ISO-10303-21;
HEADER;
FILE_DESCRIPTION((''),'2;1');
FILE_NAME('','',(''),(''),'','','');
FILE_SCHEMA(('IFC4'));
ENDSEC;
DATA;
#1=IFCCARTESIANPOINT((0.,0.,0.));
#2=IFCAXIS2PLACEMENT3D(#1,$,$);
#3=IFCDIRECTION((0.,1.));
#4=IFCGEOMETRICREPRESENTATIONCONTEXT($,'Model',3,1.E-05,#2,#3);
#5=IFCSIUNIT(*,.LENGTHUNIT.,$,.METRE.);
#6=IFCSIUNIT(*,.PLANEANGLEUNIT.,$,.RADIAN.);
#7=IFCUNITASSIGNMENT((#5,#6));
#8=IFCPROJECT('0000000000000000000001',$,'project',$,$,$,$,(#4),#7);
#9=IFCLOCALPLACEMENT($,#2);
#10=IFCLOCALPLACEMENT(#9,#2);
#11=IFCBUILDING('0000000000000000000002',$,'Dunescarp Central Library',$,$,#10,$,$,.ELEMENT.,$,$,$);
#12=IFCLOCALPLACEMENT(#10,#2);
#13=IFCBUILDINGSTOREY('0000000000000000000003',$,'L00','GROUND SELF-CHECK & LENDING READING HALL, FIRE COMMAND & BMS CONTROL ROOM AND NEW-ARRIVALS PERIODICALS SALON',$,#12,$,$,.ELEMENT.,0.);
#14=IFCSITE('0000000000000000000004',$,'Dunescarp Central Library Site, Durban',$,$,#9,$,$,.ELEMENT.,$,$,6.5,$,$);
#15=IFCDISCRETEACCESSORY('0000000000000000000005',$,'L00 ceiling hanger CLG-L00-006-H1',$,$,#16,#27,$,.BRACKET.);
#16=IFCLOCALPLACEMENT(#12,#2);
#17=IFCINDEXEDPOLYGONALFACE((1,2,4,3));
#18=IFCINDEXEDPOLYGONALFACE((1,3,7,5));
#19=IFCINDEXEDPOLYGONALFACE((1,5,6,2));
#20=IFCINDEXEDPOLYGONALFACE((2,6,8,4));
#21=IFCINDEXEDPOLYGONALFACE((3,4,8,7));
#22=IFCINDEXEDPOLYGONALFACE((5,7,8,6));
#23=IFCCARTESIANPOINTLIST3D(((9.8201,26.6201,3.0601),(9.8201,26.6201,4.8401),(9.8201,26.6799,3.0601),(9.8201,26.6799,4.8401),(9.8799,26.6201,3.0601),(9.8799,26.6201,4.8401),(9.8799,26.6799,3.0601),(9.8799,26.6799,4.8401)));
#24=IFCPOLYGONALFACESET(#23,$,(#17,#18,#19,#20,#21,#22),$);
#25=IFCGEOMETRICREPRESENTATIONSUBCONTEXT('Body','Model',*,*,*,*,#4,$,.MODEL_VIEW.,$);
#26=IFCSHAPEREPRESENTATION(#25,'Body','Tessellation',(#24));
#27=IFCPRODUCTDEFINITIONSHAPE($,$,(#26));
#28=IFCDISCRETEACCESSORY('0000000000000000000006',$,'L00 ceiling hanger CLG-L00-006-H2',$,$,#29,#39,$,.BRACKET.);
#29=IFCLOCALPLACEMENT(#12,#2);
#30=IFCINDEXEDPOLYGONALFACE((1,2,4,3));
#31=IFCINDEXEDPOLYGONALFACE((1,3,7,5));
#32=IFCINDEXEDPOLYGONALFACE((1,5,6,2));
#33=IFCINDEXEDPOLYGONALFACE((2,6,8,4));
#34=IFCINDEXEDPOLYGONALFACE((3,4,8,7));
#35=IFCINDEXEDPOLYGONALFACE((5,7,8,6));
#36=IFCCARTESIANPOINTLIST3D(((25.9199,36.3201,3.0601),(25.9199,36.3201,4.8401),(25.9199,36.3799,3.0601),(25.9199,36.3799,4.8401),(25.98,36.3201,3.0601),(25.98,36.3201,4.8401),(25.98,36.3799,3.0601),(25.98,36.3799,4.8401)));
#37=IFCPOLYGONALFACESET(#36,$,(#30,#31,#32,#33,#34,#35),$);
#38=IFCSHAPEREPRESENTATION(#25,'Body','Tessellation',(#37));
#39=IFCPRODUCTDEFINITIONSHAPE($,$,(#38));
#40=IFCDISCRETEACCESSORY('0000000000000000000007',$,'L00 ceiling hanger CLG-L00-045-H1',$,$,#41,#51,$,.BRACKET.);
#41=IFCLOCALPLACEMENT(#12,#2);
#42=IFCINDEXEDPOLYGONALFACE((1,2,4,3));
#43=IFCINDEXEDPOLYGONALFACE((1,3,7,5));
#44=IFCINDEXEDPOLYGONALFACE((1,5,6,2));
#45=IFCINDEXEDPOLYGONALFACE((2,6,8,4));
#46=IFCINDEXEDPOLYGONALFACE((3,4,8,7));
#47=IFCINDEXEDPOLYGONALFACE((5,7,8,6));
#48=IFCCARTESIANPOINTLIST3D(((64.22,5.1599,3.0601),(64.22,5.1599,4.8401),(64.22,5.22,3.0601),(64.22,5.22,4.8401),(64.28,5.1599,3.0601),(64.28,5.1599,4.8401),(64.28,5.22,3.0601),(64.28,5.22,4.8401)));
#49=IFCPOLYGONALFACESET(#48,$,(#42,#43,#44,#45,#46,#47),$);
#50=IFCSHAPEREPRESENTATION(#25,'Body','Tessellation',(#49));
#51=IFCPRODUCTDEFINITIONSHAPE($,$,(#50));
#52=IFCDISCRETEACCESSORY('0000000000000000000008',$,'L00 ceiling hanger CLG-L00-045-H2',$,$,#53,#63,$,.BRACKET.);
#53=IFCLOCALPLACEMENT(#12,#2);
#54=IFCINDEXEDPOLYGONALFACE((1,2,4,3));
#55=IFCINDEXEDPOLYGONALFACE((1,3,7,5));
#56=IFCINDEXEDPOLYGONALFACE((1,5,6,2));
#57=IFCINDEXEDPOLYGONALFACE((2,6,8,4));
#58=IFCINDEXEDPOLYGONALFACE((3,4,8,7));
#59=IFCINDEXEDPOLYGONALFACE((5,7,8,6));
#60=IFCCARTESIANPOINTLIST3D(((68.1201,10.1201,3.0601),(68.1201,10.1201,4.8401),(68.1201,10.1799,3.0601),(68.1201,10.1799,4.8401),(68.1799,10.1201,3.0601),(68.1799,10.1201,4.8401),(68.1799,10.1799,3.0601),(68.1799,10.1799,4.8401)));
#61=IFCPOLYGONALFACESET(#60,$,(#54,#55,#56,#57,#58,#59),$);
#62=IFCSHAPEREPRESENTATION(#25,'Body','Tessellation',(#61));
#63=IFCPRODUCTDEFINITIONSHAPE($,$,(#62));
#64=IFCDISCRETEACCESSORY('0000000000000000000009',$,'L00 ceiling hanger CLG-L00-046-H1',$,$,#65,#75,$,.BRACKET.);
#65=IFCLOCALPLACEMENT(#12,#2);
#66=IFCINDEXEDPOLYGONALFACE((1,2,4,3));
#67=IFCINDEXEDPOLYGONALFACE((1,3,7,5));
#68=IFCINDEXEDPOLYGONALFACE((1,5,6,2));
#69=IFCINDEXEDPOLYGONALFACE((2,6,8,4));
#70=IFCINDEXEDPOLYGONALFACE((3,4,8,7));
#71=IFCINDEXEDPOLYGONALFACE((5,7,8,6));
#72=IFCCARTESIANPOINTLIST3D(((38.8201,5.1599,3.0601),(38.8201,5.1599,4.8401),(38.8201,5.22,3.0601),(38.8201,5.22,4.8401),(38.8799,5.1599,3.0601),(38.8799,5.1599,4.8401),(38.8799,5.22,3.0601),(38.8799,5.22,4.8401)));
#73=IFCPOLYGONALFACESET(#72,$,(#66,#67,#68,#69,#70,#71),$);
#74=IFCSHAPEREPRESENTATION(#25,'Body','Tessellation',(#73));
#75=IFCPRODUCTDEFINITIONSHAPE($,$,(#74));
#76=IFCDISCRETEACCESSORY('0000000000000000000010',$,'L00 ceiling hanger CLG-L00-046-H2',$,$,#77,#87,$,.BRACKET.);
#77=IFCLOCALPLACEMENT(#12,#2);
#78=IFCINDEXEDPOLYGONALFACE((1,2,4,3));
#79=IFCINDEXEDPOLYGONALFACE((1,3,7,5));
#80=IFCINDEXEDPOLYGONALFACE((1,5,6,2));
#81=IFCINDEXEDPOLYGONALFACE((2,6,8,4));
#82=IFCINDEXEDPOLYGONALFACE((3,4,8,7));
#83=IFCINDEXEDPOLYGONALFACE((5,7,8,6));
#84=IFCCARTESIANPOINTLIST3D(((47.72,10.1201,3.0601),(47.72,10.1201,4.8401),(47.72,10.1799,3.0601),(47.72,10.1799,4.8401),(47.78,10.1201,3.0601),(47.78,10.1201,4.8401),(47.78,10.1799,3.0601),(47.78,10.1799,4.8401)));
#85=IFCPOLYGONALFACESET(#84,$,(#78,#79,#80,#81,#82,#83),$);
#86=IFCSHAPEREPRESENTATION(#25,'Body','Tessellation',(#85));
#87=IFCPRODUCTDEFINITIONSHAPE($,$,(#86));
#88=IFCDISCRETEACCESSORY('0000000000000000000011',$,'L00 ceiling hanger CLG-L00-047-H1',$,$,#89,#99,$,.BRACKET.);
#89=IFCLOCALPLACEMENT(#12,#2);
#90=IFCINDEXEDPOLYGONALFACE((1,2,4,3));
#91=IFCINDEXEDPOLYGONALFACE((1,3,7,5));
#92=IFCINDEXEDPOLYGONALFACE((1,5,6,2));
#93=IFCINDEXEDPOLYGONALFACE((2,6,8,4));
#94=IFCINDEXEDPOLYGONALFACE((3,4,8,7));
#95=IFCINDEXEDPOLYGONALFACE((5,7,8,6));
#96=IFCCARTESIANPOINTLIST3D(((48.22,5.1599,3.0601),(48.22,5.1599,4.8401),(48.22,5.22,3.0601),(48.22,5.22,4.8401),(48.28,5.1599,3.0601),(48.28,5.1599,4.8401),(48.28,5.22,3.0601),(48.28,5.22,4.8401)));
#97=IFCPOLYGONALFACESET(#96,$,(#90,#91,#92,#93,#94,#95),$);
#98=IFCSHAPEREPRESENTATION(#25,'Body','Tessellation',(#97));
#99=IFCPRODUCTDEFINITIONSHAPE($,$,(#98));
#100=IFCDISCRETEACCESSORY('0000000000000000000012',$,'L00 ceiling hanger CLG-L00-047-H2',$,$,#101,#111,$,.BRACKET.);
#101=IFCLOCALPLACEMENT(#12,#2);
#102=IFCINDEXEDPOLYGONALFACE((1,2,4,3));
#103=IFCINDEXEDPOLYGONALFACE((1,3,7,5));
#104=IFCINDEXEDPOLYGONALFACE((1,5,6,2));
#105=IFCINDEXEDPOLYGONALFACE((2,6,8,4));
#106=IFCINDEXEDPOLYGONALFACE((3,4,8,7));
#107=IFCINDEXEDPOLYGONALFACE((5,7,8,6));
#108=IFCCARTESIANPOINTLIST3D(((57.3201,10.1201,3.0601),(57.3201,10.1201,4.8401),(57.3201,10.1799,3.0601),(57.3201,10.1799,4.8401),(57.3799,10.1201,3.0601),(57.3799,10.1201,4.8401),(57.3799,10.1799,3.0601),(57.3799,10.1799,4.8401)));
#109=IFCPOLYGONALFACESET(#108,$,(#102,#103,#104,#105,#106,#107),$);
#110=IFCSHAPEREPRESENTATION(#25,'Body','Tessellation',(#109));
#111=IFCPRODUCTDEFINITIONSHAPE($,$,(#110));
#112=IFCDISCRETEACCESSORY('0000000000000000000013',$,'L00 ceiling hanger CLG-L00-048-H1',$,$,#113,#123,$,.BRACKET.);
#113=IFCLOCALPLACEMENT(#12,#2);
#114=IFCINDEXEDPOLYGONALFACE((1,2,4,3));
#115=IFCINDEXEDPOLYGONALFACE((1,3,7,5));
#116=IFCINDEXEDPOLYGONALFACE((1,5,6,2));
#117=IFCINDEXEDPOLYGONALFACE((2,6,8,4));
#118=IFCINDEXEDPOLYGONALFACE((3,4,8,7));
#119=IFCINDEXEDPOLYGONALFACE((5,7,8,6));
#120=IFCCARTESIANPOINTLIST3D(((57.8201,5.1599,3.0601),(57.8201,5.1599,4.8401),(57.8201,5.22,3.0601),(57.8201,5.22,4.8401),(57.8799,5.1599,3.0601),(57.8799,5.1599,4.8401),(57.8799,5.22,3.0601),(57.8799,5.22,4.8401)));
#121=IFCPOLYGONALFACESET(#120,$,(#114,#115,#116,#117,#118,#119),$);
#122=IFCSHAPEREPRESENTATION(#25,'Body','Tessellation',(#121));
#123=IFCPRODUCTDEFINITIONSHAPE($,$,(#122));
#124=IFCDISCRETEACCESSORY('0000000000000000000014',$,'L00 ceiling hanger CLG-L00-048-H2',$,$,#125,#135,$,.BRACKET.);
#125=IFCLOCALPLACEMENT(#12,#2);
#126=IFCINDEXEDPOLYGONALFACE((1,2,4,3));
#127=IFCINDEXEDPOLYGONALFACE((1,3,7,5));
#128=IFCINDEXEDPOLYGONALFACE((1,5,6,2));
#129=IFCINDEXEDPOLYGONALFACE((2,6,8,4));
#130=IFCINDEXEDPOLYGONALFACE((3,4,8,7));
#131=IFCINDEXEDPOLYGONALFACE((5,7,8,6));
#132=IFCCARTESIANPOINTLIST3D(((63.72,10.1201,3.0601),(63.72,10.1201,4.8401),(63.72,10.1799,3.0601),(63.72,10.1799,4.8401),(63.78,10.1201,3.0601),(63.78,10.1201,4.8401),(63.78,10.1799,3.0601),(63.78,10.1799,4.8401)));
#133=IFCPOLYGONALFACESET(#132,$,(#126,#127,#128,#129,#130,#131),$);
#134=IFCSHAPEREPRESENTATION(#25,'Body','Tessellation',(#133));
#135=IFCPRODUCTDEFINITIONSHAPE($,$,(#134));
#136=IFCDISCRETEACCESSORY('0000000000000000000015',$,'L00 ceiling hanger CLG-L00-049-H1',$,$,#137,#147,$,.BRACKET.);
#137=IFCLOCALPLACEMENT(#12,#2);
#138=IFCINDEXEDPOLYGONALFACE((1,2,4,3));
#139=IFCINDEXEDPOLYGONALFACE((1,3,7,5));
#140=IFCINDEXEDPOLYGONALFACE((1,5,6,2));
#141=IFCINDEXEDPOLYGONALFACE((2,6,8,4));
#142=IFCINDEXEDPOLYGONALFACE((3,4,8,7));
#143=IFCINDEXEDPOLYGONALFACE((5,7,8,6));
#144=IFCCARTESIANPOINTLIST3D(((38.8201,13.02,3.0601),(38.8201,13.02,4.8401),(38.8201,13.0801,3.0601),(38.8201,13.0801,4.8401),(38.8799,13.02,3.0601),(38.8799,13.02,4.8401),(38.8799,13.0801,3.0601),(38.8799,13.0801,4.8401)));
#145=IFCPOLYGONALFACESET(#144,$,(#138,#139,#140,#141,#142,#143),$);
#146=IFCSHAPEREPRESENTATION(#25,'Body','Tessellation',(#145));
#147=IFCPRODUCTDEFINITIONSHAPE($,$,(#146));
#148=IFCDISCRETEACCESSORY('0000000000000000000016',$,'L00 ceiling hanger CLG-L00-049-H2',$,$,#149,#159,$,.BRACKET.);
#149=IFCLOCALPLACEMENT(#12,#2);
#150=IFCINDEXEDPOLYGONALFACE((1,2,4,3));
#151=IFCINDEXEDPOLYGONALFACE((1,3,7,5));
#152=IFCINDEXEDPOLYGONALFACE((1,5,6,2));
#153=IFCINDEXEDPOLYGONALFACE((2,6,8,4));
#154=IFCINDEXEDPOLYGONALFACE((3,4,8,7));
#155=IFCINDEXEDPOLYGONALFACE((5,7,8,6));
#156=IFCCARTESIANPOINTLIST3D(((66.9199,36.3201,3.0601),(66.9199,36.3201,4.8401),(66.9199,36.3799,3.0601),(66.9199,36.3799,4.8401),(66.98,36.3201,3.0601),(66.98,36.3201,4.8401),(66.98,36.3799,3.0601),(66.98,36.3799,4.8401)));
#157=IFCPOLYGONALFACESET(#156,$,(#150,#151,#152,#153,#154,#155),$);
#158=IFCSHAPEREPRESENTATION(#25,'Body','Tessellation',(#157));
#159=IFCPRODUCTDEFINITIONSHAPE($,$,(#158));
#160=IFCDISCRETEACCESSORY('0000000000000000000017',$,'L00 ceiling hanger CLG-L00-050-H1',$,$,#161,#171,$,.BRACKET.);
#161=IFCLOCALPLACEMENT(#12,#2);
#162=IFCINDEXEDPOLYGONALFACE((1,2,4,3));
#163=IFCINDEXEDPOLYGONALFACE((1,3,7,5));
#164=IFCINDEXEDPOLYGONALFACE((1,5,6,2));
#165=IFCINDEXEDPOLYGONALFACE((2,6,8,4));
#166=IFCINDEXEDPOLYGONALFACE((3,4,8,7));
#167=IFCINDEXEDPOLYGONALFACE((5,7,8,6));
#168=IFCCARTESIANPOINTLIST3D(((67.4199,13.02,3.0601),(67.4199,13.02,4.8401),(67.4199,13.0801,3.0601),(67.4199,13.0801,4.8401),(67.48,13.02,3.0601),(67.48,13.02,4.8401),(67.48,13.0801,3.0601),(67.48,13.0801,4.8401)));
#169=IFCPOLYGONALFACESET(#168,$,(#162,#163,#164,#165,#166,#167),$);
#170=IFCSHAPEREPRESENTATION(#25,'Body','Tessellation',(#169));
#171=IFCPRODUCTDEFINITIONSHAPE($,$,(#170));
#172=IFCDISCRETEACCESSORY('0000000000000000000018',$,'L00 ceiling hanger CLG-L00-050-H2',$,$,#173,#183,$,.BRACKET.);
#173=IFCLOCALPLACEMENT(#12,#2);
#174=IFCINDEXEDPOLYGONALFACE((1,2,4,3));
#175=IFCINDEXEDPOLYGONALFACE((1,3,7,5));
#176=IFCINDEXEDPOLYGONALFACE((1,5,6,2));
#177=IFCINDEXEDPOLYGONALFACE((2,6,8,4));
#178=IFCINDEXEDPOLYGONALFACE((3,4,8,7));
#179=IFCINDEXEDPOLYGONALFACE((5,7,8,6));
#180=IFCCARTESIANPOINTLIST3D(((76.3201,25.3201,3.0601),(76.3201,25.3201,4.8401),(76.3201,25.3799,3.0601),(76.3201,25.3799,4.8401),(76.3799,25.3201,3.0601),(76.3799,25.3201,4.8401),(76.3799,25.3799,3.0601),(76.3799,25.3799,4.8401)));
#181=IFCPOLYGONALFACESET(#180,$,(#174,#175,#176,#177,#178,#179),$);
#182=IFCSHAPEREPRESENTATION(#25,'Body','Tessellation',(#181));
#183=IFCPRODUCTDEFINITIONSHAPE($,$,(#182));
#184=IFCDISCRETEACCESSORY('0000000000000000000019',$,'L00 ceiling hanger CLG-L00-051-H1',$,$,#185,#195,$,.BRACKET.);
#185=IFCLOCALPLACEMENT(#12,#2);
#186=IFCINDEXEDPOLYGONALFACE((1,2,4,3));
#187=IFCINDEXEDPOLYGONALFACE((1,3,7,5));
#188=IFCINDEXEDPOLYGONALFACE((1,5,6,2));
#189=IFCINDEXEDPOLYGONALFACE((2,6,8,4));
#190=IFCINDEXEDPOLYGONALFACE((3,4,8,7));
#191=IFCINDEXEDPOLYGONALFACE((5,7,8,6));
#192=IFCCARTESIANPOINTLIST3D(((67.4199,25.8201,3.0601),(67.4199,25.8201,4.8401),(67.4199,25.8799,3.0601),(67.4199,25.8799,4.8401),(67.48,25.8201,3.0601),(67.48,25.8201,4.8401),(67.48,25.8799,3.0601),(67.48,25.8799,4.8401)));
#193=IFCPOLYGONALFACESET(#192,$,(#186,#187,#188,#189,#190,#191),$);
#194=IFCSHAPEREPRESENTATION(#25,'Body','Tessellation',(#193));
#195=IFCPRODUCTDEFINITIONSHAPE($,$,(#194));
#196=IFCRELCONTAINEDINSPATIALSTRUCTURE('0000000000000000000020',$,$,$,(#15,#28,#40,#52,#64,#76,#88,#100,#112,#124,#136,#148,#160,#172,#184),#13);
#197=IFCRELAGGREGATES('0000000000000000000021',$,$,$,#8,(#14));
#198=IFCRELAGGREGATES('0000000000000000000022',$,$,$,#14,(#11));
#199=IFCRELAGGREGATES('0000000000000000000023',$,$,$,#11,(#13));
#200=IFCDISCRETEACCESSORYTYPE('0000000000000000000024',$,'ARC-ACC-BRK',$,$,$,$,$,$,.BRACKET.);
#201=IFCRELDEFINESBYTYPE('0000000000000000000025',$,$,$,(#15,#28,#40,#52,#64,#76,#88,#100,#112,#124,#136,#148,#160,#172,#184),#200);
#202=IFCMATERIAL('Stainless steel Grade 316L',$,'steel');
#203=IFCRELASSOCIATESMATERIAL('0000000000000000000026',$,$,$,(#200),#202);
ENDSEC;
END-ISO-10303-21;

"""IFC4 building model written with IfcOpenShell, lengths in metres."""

from ifc_helpers import new_model, si_unit, direction, frame, origin, place, context, subcontext, project, spatial, polyline, outline, extrude, material, type_object, element, save


model = new_model("IFC4")

# Units and contexts
model_context = context("Model", 3, precision=1e-05, world=origin(), true_north=direction((0.0, 1.0)))
body_context = subcontext(model_context, "Body", "Model", "MODEL_VIEW")
ifc_project = project(units=[si_unit("LENGTHUNIT", "METRE"), si_unit("PLANEANGLEUNIT", "RADIAN")], contexts=[model_context])

# Site, building, storey
site_placement = place(None, origin())
site = spatial("IfcSite", under=ifc_project, at=site_placement, Name="Dunescarp Central Library Site, Durban", CompositionType="ELEMENT", RefElevation=6.5)
building_placement = place(site_placement, origin())
building = spatial("IfcBuilding", under=site, at=building_placement, Name="Dunescarp Central Library", CompositionType="ELEMENT")
storey_placement = place(building_placement, origin())
storey = spatial("IfcBuildingStorey", under=building, at=storey_placement, Name="L00", Description="GROUND SELF-CHECK & LENDING READING HALL, FIRE COMMAND & BMS CONTROL ROOM AND NEW-ARRIVALS PERIODICALS SALON", CompositionType="ELEMENT", Elevation=0.0)

# Discrete accessories
ifc_material_1 = material(Name="Stainless steel Grade 316L", Category="steel")
discrete_accessory_type = type_object("IfcDiscreteAccessoryType", Name="ARC-ACC-BRK", PredefinedType="BRACKET", material=ifc_material_1)
discrete_accessory_1_placement = place(storey_placement, frame((0.0, 0.0, 3.0601)))
element("IfcDiscreteAccessory", 1, at=discrete_accessory_1_placement, inside=storey, type_object=discrete_accessory_type, Name="L00 ceiling hanger CLG-L00-006-H1", PredefinedType="BRACKET", context=body_context, shape_type="SweptSolid", body=[
    extrude(outline(polyline([(9.8201, 26.6201), (9.8799, 26.6201), (9.8799, 26.6799), (9.8201, 26.6799), (9.8201, 26.6201)])), origin(), (0.0, 0.0, 1.0), 1.78),
])
discrete_accessory_2_placement = place(storey_placement, frame((0.0, 0.0, 3.0601)))
element("IfcDiscreteAccessory", 2, at=discrete_accessory_2_placement, inside=storey, type_object=discrete_accessory_type, Name="L00 ceiling hanger CLG-L00-006-H2", PredefinedType="BRACKET", context=body_context, shape_type="SweptSolid", body=[
    extrude(outline(polyline([(25.9199, 36.3201), (25.98, 36.3201), (25.98, 36.3799), (25.9199, 36.3799), (25.9199, 36.3201)])), origin(), (0.0, 0.0, 1.0), 1.78),
])
discrete_accessory_3_placement = place(storey_placement, frame((0.0, 0.0, 3.0601)))
element("IfcDiscreteAccessory", 3, at=discrete_accessory_3_placement, inside=storey, type_object=discrete_accessory_type, Name="L00 ceiling hanger CLG-L00-045-H1", PredefinedType="BRACKET", context=body_context, shape_type="SweptSolid", body=[
    extrude(outline(polyline([(64.22, 5.1599), (64.28, 5.1599), (64.28, 5.22), (64.22, 5.22), (64.22, 5.1599)])), origin(), (0.0, 0.0, 1.0), 1.78),
])
discrete_accessory_4_placement = place(storey_placement, frame((0.0, 0.0, 3.0601)))
element("IfcDiscreteAccessory", 4, at=discrete_accessory_4_placement, inside=storey, type_object=discrete_accessory_type, Name="L00 ceiling hanger CLG-L00-045-H2", PredefinedType="BRACKET", context=body_context, shape_type="SweptSolid", body=[
    extrude(outline(polyline([(68.1201, 10.1201), (68.1799, 10.1201), (68.1799, 10.1799), (68.1201, 10.1799), (68.1201, 10.1201)])), origin(), (0.0, 0.0, 1.0), 1.78),
])
discrete_accessory_5_placement = place(storey_placement, frame((0.0, 0.0, 3.0601)))
element("IfcDiscreteAccessory", 5, at=discrete_accessory_5_placement, inside=storey, type_object=discrete_accessory_type, Name="L00 ceiling hanger CLG-L00-046-H1", PredefinedType="BRACKET", context=body_context, shape_type="SweptSolid", body=[
    extrude(outline(polyline([(38.8201, 5.1599), (38.8799, 5.1599), (38.8799, 5.22), (38.8201, 5.22), (38.8201, 5.1599)])), origin(), (0.0, 0.0, 1.0), 1.78),
])
discrete_accessory_6_placement = place(storey_placement, frame((0.0, 0.0, 3.0601)))
element("IfcDiscreteAccessory", 6, at=discrete_accessory_6_placement, inside=storey, type_object=discrete_accessory_type, Name="L00 ceiling hanger CLG-L00-046-H2", PredefinedType="BRACKET", context=body_context, shape_type="SweptSolid", body=[
    extrude(outline(polyline([(47.72, 10.1201), (47.78, 10.1201), (47.78, 10.1799), (47.72, 10.1799), (47.72, 10.1201)])), origin(), (0.0, 0.0, 1.0), 1.78),
])
discrete_accessory_7_placement = place(storey_placement, frame((0.0, 0.0, 3.0601)))
element("IfcDiscreteAccessory", 7, at=discrete_accessory_7_placement, inside=storey, type_object=discrete_accessory_type, Name="L00 ceiling hanger CLG-L00-047-H1", PredefinedType="BRACKET", context=body_context, shape_type="SweptSolid", body=[
    extrude(outline(polyline([(48.22, 5.1599), (48.28, 5.1599), (48.28, 5.22), (48.22, 5.22), (48.22, 5.1599)])), origin(), (0.0, 0.0, 1.0), 1.78),
])
discrete_accessory_8_placement = place(storey_placement, frame((0.0, 0.0, 3.0601)))
element("IfcDiscreteAccessory", 8, at=discrete_accessory_8_placement, inside=storey, type_object=discrete_accessory_type, Name="L00 ceiling hanger CLG-L00-047-H2", PredefinedType="BRACKET", context=body_context, shape_type="SweptSolid", body=[
    extrude(outline(polyline([(57.3201, 10.1201), (57.3799, 10.1201), (57.3799, 10.1799), (57.3201, 10.1799), (57.3201, 10.1201)])), origin(), (0.0, 0.0, 1.0), 1.78),
])
discrete_accessory_9_placement = place(storey_placement, frame((0.0, 0.0, 3.0601)))
element("IfcDiscreteAccessory", 9, at=discrete_accessory_9_placement, inside=storey, type_object=discrete_accessory_type, Name="L00 ceiling hanger CLG-L00-048-H1", PredefinedType="BRACKET", context=body_context, shape_type="SweptSolid", body=[
    extrude(outline(polyline([(57.8201, 5.1599), (57.8799, 5.1599), (57.8799, 5.22), (57.8201, 5.22), (57.8201, 5.1599)])), origin(), (0.0, 0.0, 1.0), 1.78),
])
discrete_accessory_10_placement = place(storey_placement, frame((0.0, 0.0, 3.0601)))
element("IfcDiscreteAccessory", 10, at=discrete_accessory_10_placement, inside=storey, type_object=discrete_accessory_type, Name="L00 ceiling hanger CLG-L00-048-H2", PredefinedType="BRACKET", context=body_context, shape_type="SweptSolid", body=[
    extrude(outline(polyline([(63.72, 10.1201), (63.78, 10.1201), (63.78, 10.1799), (63.72, 10.1799), (63.72, 10.1201)])), origin(), (0.0, 0.0, 1.0), 1.78),
])
discrete_accessory_11_placement = place(storey_placement, frame((0.0, 0.0, 3.0601)))
element("IfcDiscreteAccessory", 11, at=discrete_accessory_11_placement, inside=storey, type_object=discrete_accessory_type, Name="L00 ceiling hanger CLG-L00-049-H1", PredefinedType="BRACKET", context=body_context, shape_type="SweptSolid", body=[
    extrude(outline(polyline([(38.8201, 13.02), (38.8799, 13.02), (38.8799, 13.0801), (38.8201, 13.0801), (38.8201, 13.02)])), origin(), (0.0, 0.0, 1.0), 1.78),
])
discrete_accessory_12_placement = place(storey_placement, frame((0.0, 0.0, 3.0601)))
element("IfcDiscreteAccessory", 12, at=discrete_accessory_12_placement, inside=storey, type_object=discrete_accessory_type, Name="L00 ceiling hanger CLG-L00-049-H2", PredefinedType="BRACKET", context=body_context, shape_type="SweptSolid", body=[
    extrude(outline(polyline([(66.9199, 36.3201), (66.98, 36.3201), (66.98, 36.3799), (66.9199, 36.3799), (66.9199, 36.3201)])), origin(), (0.0, 0.0, 1.0), 1.78),
])
discrete_accessory_13_placement = place(storey_placement, frame((0.0, 0.0, 3.0601)))
element("IfcDiscreteAccessory", 13, at=discrete_accessory_13_placement, inside=storey, type_object=discrete_accessory_type, Name="L00 ceiling hanger CLG-L00-050-H1", PredefinedType="BRACKET", context=body_context, shape_type="SweptSolid", body=[
    extrude(outline(polyline([(67.4199, 13.02), (67.48, 13.02), (67.48, 13.0801), (67.4199, 13.0801), (67.4199, 13.02)])), origin(), (0.0, 0.0, 1.0), 1.78),
])
discrete_accessory_14_placement = place(storey_placement, frame((0.0, 0.0, 3.0601)))
element("IfcDiscreteAccessory", 14, at=discrete_accessory_14_placement, inside=storey, type_object=discrete_accessory_type, Name="L00 ceiling hanger CLG-L00-050-H2", PredefinedType="BRACKET", context=body_context, shape_type="SweptSolid", body=[
    extrude(outline(polyline([(76.3201, 25.3201), (76.3799, 25.3201), (76.3799, 25.3799), (76.3201, 25.3799), (76.3201, 25.3201)])), origin(), (0.0, 0.0, 1.0), 1.78),
])
discrete_accessory_15_placement = place(storey_placement, frame((0.0, 0.0, 3.0601)))
element("IfcDiscreteAccessory", 15, at=discrete_accessory_15_placement, inside=storey, type_object=discrete_accessory_type, Name="L00 ceiling hanger CLG-L00-051-H1", PredefinedType="BRACKET", context=body_context, shape_type="SweptSolid", body=[
    extrude(outline(polyline([(67.4199, 25.8201), (67.48, 25.8201), (67.48, 25.8799), (67.4199, 25.8799), (67.4199, 25.8201)])), origin(), (0.0, 0.0, 1.0), 1.78),
])

save(model, "model.ifc")
